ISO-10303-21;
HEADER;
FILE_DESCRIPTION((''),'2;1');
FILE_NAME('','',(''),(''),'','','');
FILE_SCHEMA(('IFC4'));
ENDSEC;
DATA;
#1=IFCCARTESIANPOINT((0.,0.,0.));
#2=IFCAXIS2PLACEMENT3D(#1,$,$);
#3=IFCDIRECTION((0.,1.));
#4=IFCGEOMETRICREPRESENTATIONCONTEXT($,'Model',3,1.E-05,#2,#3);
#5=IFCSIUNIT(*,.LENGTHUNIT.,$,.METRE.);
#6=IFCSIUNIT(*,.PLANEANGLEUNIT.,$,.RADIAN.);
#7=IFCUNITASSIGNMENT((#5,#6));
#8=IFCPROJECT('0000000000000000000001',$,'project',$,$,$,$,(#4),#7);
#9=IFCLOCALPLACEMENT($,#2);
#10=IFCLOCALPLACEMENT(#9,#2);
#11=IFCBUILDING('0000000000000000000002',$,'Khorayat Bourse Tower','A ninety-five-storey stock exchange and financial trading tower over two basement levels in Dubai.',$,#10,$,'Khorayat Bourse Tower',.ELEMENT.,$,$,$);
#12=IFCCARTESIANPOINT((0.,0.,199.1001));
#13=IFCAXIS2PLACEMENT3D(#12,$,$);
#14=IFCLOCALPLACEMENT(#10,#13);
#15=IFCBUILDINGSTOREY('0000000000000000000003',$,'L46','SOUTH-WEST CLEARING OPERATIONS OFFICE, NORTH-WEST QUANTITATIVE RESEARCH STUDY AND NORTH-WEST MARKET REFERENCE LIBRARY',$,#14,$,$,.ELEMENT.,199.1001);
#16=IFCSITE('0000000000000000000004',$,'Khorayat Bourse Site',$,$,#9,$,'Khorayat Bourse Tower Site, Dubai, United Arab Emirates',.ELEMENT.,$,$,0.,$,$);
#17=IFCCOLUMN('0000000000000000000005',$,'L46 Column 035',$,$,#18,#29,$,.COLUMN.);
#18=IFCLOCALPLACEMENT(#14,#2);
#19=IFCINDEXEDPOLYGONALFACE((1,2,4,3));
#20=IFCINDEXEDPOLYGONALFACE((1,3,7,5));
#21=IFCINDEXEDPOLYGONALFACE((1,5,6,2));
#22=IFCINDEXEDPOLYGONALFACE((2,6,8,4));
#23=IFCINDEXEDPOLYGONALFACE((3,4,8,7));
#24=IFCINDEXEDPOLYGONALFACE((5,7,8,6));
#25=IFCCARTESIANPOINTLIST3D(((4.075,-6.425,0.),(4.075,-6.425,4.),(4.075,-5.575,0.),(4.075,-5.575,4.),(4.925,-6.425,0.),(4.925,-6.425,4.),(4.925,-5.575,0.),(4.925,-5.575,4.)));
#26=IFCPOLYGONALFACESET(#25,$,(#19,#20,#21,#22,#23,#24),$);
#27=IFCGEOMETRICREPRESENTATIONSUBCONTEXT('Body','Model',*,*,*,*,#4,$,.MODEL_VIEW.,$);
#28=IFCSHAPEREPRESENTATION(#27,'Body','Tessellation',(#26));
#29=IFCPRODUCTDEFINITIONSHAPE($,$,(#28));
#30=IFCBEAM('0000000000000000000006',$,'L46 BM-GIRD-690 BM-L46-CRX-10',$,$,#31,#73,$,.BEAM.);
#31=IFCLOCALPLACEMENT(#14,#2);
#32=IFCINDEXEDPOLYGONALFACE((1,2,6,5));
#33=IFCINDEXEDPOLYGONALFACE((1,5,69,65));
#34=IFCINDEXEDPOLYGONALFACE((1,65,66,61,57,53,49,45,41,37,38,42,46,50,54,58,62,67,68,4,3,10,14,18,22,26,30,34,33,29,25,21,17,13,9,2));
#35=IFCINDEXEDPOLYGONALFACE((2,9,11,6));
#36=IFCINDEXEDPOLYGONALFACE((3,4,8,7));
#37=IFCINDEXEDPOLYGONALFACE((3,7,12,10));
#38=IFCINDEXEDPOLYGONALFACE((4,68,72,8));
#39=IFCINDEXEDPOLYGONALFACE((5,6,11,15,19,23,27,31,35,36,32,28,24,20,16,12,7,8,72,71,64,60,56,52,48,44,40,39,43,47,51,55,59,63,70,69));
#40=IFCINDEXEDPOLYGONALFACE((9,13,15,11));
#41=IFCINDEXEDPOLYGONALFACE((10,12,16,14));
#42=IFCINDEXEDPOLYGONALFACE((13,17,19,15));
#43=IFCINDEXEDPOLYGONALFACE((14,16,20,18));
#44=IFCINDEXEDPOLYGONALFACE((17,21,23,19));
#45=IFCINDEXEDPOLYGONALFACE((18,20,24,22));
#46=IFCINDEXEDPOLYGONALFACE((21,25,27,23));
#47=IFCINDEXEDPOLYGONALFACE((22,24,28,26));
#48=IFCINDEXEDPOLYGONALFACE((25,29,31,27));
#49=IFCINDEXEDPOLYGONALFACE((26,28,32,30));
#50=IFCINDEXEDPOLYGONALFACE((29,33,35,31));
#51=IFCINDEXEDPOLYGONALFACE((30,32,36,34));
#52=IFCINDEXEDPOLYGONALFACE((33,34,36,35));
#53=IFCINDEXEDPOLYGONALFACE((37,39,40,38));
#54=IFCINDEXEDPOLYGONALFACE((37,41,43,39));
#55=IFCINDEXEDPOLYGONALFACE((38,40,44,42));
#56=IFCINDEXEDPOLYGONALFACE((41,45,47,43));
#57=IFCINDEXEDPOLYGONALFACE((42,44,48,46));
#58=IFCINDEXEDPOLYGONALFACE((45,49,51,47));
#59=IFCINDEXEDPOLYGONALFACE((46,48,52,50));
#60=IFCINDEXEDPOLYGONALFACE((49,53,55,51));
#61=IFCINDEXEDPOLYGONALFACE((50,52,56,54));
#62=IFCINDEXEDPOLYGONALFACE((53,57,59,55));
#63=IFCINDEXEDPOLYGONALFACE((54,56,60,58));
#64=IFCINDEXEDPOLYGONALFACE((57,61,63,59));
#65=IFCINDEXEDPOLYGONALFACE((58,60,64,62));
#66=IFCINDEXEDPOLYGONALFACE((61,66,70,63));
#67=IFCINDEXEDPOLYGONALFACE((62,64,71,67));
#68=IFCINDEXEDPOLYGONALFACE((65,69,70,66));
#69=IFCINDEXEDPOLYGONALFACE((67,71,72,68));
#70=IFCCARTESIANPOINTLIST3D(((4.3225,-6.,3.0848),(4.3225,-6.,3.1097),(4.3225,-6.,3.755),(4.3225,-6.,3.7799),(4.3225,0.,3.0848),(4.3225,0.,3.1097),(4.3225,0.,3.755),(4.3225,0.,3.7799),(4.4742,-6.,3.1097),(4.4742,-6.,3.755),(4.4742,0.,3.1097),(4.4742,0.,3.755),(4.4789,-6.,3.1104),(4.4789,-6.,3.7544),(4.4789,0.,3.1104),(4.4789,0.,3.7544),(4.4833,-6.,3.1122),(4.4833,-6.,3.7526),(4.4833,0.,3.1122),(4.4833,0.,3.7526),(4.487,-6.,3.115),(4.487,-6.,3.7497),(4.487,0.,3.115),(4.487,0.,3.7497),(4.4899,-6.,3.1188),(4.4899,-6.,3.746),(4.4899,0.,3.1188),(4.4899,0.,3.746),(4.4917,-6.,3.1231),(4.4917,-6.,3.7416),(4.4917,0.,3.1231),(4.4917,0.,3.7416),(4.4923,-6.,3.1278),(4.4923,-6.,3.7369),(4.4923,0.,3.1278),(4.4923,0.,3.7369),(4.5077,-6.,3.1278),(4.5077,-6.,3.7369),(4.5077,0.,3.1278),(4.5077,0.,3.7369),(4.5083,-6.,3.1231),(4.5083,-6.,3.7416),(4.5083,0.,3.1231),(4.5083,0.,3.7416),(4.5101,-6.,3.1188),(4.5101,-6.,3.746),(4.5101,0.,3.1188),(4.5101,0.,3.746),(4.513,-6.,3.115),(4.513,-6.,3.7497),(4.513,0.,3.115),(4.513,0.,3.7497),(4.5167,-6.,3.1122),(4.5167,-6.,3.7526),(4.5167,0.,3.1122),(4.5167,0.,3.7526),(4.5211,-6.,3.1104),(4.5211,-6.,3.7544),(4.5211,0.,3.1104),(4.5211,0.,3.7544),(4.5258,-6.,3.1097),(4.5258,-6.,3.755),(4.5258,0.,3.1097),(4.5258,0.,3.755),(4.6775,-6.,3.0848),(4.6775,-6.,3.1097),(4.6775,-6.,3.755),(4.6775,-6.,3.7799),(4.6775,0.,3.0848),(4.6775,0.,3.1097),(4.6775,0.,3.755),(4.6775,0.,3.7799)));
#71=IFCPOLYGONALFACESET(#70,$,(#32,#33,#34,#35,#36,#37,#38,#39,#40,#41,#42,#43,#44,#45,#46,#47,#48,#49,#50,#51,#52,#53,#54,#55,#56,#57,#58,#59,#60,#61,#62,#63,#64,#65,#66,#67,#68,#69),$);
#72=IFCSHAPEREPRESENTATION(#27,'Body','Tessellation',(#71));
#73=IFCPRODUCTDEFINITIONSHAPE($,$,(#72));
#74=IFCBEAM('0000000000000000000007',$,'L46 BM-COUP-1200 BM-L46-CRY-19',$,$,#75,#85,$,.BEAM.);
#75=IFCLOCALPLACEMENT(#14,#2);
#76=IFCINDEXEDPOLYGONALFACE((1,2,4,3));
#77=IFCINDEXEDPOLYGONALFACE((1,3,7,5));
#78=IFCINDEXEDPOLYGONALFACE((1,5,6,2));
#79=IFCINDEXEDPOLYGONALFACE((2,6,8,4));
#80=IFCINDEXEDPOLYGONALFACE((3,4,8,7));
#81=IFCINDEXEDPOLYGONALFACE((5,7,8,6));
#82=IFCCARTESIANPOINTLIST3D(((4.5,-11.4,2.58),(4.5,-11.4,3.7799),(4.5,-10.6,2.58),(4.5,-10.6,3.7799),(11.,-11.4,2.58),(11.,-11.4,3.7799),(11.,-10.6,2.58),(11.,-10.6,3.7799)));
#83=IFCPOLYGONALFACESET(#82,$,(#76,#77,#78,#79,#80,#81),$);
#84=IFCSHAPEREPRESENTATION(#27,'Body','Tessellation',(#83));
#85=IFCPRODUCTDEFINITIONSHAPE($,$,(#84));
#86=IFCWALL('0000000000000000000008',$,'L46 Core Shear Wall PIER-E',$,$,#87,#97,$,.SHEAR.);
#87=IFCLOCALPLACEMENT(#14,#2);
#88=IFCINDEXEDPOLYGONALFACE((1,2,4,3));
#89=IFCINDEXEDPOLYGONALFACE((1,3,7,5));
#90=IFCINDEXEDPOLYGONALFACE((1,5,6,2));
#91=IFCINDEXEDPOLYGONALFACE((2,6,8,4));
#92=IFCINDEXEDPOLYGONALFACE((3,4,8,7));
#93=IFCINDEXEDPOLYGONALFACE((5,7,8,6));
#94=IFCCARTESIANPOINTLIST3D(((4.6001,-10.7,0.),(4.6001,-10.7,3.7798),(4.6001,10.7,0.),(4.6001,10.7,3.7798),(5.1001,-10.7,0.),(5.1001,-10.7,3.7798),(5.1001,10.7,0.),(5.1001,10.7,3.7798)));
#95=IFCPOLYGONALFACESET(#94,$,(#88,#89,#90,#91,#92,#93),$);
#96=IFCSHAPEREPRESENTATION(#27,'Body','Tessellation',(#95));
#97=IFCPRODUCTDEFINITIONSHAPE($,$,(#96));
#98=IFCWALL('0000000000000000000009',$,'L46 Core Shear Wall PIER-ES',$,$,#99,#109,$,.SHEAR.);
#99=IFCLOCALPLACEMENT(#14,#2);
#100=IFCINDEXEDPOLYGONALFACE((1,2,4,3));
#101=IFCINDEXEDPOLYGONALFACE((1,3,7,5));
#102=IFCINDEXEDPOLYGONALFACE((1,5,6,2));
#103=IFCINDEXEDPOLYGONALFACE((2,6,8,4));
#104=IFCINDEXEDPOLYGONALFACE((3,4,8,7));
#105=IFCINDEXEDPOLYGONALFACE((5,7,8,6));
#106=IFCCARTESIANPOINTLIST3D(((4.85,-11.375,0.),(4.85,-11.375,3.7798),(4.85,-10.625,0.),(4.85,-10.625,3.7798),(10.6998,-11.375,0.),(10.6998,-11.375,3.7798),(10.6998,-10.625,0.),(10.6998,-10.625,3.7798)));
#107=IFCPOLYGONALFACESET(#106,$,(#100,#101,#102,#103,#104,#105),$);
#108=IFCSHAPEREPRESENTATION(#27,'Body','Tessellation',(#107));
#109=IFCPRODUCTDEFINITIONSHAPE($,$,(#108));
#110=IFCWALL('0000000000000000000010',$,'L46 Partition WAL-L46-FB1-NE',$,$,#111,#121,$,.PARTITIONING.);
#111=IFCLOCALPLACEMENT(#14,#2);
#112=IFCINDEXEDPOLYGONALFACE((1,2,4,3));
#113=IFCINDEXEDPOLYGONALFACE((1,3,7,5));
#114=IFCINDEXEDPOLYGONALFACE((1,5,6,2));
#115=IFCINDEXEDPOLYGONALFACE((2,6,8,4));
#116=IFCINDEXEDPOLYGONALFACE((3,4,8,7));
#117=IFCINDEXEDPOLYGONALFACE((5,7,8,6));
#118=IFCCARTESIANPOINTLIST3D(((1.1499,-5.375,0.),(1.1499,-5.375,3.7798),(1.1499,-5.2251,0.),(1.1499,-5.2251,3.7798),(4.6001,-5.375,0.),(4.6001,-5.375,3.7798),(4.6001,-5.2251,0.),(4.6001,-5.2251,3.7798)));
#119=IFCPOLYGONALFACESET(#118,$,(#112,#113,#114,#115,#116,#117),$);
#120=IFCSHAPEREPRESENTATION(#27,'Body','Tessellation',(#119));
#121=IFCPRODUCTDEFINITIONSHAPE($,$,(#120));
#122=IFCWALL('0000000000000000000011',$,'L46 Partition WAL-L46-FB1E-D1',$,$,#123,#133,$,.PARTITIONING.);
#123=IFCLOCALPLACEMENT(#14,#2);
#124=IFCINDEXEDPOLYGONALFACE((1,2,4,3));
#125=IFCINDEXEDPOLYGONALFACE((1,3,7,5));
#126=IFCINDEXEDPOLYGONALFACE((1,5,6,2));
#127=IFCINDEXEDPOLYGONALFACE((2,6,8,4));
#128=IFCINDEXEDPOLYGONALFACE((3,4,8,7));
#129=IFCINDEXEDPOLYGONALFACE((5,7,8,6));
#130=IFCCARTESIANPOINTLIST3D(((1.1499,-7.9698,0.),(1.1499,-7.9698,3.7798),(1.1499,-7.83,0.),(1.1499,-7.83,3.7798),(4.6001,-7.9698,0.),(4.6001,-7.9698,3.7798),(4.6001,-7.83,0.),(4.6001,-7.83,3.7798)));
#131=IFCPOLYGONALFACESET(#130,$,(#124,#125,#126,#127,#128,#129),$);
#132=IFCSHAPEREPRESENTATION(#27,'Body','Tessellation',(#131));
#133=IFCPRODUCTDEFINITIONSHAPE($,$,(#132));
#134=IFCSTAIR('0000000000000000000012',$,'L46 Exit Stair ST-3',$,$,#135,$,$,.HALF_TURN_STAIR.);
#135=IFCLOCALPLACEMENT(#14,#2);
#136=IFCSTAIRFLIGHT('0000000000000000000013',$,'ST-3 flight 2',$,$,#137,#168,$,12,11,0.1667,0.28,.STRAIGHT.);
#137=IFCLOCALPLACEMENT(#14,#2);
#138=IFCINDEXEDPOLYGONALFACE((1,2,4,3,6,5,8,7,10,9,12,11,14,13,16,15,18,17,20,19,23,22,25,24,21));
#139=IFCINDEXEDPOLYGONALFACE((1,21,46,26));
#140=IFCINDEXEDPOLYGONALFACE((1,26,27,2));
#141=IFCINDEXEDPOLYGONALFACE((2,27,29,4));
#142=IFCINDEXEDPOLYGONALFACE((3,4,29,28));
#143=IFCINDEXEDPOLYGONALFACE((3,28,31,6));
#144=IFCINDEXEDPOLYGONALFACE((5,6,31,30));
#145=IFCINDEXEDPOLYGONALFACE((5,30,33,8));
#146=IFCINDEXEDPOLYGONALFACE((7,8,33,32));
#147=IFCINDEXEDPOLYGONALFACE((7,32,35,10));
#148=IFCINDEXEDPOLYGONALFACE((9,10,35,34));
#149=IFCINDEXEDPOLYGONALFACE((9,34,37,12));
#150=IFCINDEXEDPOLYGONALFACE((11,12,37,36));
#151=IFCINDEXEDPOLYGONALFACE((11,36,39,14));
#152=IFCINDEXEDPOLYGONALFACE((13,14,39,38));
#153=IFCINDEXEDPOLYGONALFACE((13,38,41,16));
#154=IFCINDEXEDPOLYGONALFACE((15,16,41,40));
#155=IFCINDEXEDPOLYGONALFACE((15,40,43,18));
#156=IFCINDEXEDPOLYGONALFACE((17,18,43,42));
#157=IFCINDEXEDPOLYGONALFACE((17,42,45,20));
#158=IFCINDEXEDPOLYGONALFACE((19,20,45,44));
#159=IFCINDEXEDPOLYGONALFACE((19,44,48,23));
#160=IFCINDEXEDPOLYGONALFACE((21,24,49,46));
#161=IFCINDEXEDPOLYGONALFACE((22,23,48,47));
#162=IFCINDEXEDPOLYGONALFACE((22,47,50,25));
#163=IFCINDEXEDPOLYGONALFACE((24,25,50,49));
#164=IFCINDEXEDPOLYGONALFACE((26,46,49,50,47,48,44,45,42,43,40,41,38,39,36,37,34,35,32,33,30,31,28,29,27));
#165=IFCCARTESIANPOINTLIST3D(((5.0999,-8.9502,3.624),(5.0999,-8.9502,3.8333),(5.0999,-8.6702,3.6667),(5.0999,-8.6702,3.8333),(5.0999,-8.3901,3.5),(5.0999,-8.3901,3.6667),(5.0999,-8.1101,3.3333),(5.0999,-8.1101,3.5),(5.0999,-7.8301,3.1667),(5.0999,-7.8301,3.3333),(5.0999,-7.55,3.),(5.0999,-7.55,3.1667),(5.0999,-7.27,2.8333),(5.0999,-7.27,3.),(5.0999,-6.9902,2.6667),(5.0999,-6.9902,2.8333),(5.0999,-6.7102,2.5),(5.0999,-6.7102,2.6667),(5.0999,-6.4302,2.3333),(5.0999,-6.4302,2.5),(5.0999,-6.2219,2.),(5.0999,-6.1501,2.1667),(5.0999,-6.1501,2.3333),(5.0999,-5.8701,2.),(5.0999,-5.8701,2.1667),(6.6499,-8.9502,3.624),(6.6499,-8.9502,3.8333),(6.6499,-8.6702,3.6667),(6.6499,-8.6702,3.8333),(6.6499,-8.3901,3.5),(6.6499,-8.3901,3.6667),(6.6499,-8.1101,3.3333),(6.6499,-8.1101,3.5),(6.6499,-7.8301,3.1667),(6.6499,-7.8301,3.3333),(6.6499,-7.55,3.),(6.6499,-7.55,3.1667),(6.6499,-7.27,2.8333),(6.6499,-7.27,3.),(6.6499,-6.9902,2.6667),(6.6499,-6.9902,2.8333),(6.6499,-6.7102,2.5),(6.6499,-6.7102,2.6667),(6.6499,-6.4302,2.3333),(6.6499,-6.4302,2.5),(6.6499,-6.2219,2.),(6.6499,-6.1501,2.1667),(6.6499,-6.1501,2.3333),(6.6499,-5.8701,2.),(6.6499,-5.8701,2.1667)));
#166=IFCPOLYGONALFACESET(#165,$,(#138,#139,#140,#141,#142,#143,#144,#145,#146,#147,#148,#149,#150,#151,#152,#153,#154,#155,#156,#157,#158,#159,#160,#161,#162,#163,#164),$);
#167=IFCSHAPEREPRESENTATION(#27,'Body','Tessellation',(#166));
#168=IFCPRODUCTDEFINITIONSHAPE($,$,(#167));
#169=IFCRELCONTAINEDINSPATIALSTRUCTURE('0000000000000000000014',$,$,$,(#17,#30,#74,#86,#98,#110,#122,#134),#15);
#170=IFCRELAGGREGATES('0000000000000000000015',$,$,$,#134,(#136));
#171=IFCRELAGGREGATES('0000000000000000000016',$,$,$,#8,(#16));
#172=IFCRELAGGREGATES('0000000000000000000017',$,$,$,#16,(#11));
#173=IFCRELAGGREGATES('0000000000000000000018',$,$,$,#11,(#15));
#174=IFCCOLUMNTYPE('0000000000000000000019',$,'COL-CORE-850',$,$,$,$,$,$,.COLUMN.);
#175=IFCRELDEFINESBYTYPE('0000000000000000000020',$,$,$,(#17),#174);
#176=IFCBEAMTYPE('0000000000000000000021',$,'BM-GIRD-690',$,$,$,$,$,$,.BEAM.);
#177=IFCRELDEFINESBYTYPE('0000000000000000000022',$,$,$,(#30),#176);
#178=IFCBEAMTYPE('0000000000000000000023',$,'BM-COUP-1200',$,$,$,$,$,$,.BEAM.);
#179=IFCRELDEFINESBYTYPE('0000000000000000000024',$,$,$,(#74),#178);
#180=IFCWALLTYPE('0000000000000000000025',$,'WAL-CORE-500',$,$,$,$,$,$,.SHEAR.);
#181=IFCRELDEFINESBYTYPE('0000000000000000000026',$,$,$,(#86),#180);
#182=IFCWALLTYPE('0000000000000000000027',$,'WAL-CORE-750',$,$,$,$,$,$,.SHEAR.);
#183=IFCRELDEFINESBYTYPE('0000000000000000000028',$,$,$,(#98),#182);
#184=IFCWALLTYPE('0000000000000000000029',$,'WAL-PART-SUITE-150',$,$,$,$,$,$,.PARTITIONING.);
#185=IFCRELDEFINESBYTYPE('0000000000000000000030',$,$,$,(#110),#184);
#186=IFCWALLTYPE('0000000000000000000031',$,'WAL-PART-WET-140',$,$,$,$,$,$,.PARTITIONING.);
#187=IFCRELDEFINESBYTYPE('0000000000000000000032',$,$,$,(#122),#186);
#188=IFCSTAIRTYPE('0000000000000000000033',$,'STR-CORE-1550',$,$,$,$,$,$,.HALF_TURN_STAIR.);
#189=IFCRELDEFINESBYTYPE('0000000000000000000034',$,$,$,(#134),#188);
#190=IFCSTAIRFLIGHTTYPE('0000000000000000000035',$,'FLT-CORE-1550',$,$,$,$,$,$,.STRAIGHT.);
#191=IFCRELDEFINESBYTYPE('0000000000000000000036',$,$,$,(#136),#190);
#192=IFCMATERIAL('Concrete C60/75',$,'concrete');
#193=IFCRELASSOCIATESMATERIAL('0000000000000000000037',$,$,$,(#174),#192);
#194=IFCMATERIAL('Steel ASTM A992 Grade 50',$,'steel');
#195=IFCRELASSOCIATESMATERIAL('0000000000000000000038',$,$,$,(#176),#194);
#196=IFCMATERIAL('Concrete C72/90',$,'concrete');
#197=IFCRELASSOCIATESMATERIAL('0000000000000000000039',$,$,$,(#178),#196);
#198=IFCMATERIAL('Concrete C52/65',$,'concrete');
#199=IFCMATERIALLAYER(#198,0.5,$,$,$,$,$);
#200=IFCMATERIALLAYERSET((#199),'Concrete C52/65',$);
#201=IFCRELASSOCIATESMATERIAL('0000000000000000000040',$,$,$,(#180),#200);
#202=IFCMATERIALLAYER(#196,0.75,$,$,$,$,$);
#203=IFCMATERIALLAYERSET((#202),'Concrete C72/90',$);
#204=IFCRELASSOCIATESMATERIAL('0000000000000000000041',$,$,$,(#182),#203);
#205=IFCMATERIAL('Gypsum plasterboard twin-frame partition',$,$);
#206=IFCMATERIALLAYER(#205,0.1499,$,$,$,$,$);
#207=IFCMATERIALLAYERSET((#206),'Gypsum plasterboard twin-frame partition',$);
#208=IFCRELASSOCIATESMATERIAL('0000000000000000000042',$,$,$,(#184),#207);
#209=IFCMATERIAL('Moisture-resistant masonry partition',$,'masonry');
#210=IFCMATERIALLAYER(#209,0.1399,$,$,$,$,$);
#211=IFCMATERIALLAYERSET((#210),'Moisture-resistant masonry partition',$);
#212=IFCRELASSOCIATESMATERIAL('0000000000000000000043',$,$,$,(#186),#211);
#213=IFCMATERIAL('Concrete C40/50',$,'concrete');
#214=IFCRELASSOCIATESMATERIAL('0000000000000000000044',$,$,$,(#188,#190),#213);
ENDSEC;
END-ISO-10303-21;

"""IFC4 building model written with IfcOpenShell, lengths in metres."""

from ifc_helpers import new_model, si_unit, direction, frame, frame_2d, origin, origin_2d, place, context, subcontext, project, spatial, polyline, rectangle, i_section, outline, extrude, source, transform, mapped, material, layer, layer_set, material_profile, profile_set, type_object, element, aggregate, save


model = new_model("IFC4")

# Units and contexts
model_context = context("Model", 3, precision=1e-05, world=origin(), true_north=direction((0.0, 1.0)))
body_context = subcontext(model_context, "Body", "Model", "MODEL_VIEW")
ifc_project = project(units=[si_unit("LENGTHUNIT", "METRE"), si_unit("PLANEANGLEUNIT", "RADIAN")], contexts=[model_context])

# Site, building, storey
site_placement = place(None, origin())
site = spatial("IfcSite", under=ifc_project, at=site_placement, Name="Khorayat Bourse Site", LongName="Khorayat Bourse Tower Site, Dubai, United Arab Emirates", CompositionType="ELEMENT", RefElevation=0.0)
building_placement = place(site_placement, origin())
building = spatial("IfcBuilding", under=site, at=building_placement, Name="Khorayat Bourse Tower", Description="A ninety-five-storey stock exchange and financial trading tower over two basement levels in Dubai.", LongName="Khorayat Bourse Tower", CompositionType="ELEMENT")
storey_placement = place(building_placement, frame((0.0, 0.0, 199.1001)))
storey = spatial("IfcBuildingStorey", under=building, at=storey_placement, Name="L46", Description="SOUTH-WEST CLEARING OPERATIONS OFFICE, NORTH-WEST QUANTITATIVE RESEARCH STUDY AND NORTH-WEST MARKET REFERENCE LIBRARY", CompositionType="ELEMENT", Elevation=199.1001)

# Column
ifc_material_1 = material(Name="Concrete C60/75", Category="concrete")
ifc_material_profile_1 = material_profile(ifc_material_1, rectangle(XDim=0.8501, YDim=0.8501, at=origin_2d()), Name="RC 850x850")
ifc_profile_set_1 = profile_set([ifc_material_profile_1], Name="Concrete C60/75")
column_type = type_object("IfcColumnType", Name="COL-CORE-850", PredefinedType="COLUMN", material=ifc_profile_set_1)
shared_shape_1 = source(origin(), body_context, "Body", "SweptSolid", [
    extrude(rectangle(XDim=0.8501, YDim=0.8501, at=origin_2d()), origin(), (0.0, 0.0, 1.0), 4.0),
])
column_placement = place(storey_placement, frame((4.5, -6.0, 0.0), z_axis=(0.0, 0.0, 1.0), x_axis=(1.0, 0.0, 0.0)))
element("IfcColumn", 1, at=column_placement, inside=storey, type_object=column_type, Name="L46 Column 035", PredefinedType="COLUMN", context=body_context, shape_type="MappedRepresentation", body=[
    mapped(shared_shape_1, transform((0.0, 0.0, 0.0), scale=1.0)),
])

# Beams
ifc_material_2 = material(Name="Steel ASTM A992 Grade 50", Category="steel")
ifc_material_profile_2 = material_profile(ifc_material_2, i_section(OverallWidth=0.355, OverallDepth=0.6951, WebThickness=0.0154, FlangeThickness=0.0249, FilletRadius=0.0181, at=origin_2d()), Name="W690X217")
ifc_profile_set_2 = profile_set([ifc_material_profile_2], Name="Steel ASTM A992 Grade 50")
beam_type_1 = type_object("IfcBeamType", Name="BM-GIRD-690", PredefinedType="BEAM", material=ifc_profile_set_2)
shared_shape_2 = source(origin(), body_context, "Body", "SweptSolid", [
    extrude(i_section(OverallWidth=0.355, OverallDepth=0.6951, WebThickness=0.0154, FlangeThickness=0.0249, FilletRadius=0.0181, at=origin_2d()), origin(), (0.0, 0.0, 1.0), 6.0),
])
beam_1_placement = place(storey_placement, frame((4.5, -6.0, 3.4324), z_axis=(0.0, 1.0, 0.0), x_axis=(-1.0, 0.0, 0.0)))
element("IfcBeam", 2, at=beam_1_placement, inside=storey, type_object=beam_type_1, Name="L46 BM-GIRD-690 BM-L46-CRX-10", PredefinedType="BEAM", context=body_context, shape_type="MappedRepresentation", body=[
    mapped(shared_shape_2, transform((0.0, 0.0, 0.0), scale=1.0)),
])
ifc_material_3 = material(Name="Concrete C72/90", Category="concrete")
ifc_material_profile_3 = material_profile(ifc_material_3, rectangle(XDim=0.8, YDim=1.2, at=origin_2d()), Name="RC 800x1200")
ifc_profile_set_3 = profile_set([ifc_material_profile_3], Name="Concrete C72/90")
beam_type_2 = type_object("IfcBeamType", Name="BM-COUP-1200", PredefinedType="BEAM", material=ifc_profile_set_3)
shared_shape_3 = source(origin(), body_context, "Body", "SweptSolid", [
    extrude(rectangle(XDim=0.8, YDim=1.2, at=origin_2d()), origin(), (0.0, 0.0, 1.0), 6.5),
])
beam_2_placement = place(storey_placement, frame((4.5, -11.0, 3.1799), z_axis=(1.0, 0.0, 0.0), x_axis=(0.0, 1.0, 0.0)))
element("IfcBeam", 3, at=beam_2_placement, inside=storey, type_object=beam_type_2, Name="L46 BM-COUP-1200 BM-L46-CRY-19", PredefinedType="BEAM", context=body_context, shape_type="MappedRepresentation", body=[
    mapped(shared_shape_3, transform((0.0, 0.0, 0.0), scale=1.0)),
])

# Walls
ifc_material_4 = material(Name="Concrete C52/65", Category="concrete")
ifc_layer_1 = layer(ifc_material_4, 0.5)
ifc_layer_set_1 = layer_set([ifc_layer_1], Name="Concrete C52/65")
wall_type_1 = type_object("IfcWallType", Name="WAL-CORE-500", PredefinedType="SHEAR", material=ifc_layer_set_1)
shared_shape_4 = source(origin(), body_context, "Body", "SweptSolid", [
    extrude(rectangle(XDim=21.3999, YDim=0.5, at=frame_2d((10.7, 0.0))), origin(), (0.0, 0.0, 1.0), 3.7798),
])
wall_1_placement = place(storey_placement, frame((4.8501, -10.7, 0.0), z_axis=(0.0, 0.0, 1.0), x_axis=(0.0, 1.0, 0.0)))
element("IfcWall", 4, at=wall_1_placement, inside=storey, type_object=wall_type_1, Name="L46 Core Shear Wall PIER-E", PredefinedType="SHEAR", context=body_context, shape_type="MappedRepresentation", body=[
    mapped(shared_shape_4, transform((0.0, 0.0, 0.0), scale=1.0)),
])
ifc_layer_2 = layer(ifc_material_3, 0.75)
ifc_layer_set_2 = layer_set([ifc_layer_2], Name="Concrete C72/90")
wall_type_2 = type_object("IfcWallType", Name="WAL-CORE-750", PredefinedType="SHEAR", material=ifc_layer_set_2)
shared_shape_5 = source(origin(), body_context, "Body", "SweptSolid", [
    extrude(rectangle(XDim=5.8499, YDim=0.75, at=frame_2d((2.9248, 0.0))), origin(), (0.0, 0.0, 1.0), 3.7798),
])
wall_2_placement = place(storey_placement, frame((4.8501, -11.0, 0.0), z_axis=(0.0, 0.0, 1.0), x_axis=(1.0, 0.0, 0.0)))
element("IfcWall", 5, at=wall_2_placement, inside=storey, type_object=wall_type_2, Name="L46 Core Shear Wall PIER-ES", PredefinedType="SHEAR", context=body_context, shape_type="MappedRepresentation", body=[
    mapped(shared_shape_5, transform((0.0, 0.0, 0.0), scale=1.0)),
])
ifc_material_5 = material(Name="Gypsum plasterboard twin-frame partition")
ifc_layer_3 = layer(ifc_material_5, 0.1499)
ifc_layer_set_3 = layer_set([ifc_layer_3], Name="Gypsum plasterboard twin-frame partition")
wall_type_3 = type_object("IfcWallType", Name="WAL-PART-SUITE-150", PredefinedType="PARTITIONING", material=ifc_layer_set_3)
shared_shape_6 = source(origin(), body_context, "Body", "SweptSolid", [
    extrude(rectangle(XDim=3.4502, YDim=0.1499, at=frame_2d((1.7251, 0.0))), origin(), (0.0, 0.0, 1.0), 3.7798),
])
wall_3_placement = place(storey_placement, frame((1.1499, -5.3, 0.0), z_axis=(0.0, 0.0, 1.0), x_axis=(1.0, 0.0, 0.0)))
element("IfcWall", 6, at=wall_3_placement, inside=storey, type_object=wall_type_3, Name="L46 Partition WAL-L46-FB1-NE", PredefinedType="PARTITIONING", context=body_context, shape_type="MappedRepresentation", body=[
    mapped(shared_shape_6, transform((0.0, 0.0, 0.0), scale=1.0)),
])
ifc_material_6 = material(Name="Moisture-resistant masonry partition", Category="masonry")
ifc_layer_4 = layer(ifc_material_6, 0.1399)
ifc_layer_set_4 = layer_set([ifc_layer_4], Name="Moisture-resistant masonry partition")
wall_type_4 = type_object("IfcWallType", Name="WAL-PART-WET-140", PredefinedType="PARTITIONING", material=ifc_layer_set_4)
shared_shape_7 = source(origin(), body_context, "Body", "SweptSolid", [
    extrude(rectangle(XDim=3.4502, YDim=0.1399, at=frame_2d((1.7251, 0.0))), origin(), (0.0, 0.0, 1.0), 3.7798),
])
wall_4_placement = place(storey_placement, frame((1.1499, -7.8999, 0.0), z_axis=(0.0, 0.0, 1.0), x_axis=(1.0, 0.0, 0.0)))
element("IfcWall", 7, at=wall_4_placement, inside=storey, type_object=wall_type_4, Name="L46 Partition WAL-L46-FB1E-D1", PredefinedType="PARTITIONING", context=body_context, shape_type="MappedRepresentation", body=[
    mapped(shared_shape_7, transform((0.0, 0.0, 0.0), scale=1.0)),
])

# Stair, stair flight
ifc_material_7 = material(Name="Concrete C40/50", Category="concrete")
stair_type = type_object("IfcStairType", Name="STR-CORE-1550", PredefinedType="HALF_TURN_STAIR", material=ifc_material_7)
stair_placement = place(storey_placement, origin())
stair = element("IfcStair", 8, at=stair_placement, inside=storey, type_object=stair_type, Name="L46 Exit Stair ST-3", PredefinedType="HALF_TURN_STAIR")
stair_flight_type = type_object("IfcStairFlightType", Name="FLT-CORE-1550", PredefinedType="STRAIGHT", material=ifc_material_7)
shared_shape_8 = source(origin(), body_context, "Body", "SweptSolid", [
    extrude(outline(polyline([(0.0, 0.0), (0.0, 0.1667), (0.28, 0.1667), (0.28, 0.3333), (0.5601, 0.3333), (0.5601, 0.5), (0.8401, 0.5), (0.8401, 0.6667), (1.1201, 0.6667), (1.1201, 0.8333), (1.3999, 0.8333), (1.3999, 1.0), (1.6799, 1.0), (1.6799, 1.1667), (1.96, 1.1667), (1.96, 1.3333), (2.24, 1.3333), (2.24, 1.5), (2.52, 1.5), (2.52, 1.6667), (2.8, 1.6667), (2.8, 1.8333), (3.0801, 1.8333), (3.0801, 2.0), (3.0801, 1.624), (0.3518, 0.0), (0.0, 0.0)])), frame((0.0, 0.7749, 0.0), z_axis=(0.0, -1.0, 0.0), x_axis=(1.0, 0.0, 0.0)), (0.0, 0.0, 1.0), 1.55),
])
stair_flight_placement = place(storey_placement, frame((5.875, -5.8701, 2.0), z_axis=(0.0, 0.0, 1.0), x_axis=(0.0, -1.0, 0.0)))
stair_flight = element("IfcStairFlight", 9, at=stair_flight_placement, type_object=stair_flight_type, Name="ST-3 flight 2", NumberOfRisers=12, NumberOfTreads=11, PredefinedType="STRAIGHT", RiserHeight=0.1667, TreadLength=0.28, context=body_context, shape_type="MappedRepresentation", body=[
    mapped(shared_shape_8, transform((0.0, 0.0, 0.0), scale=1.0)),
])
aggregate(stair, [stair_flight])

save(model, "model.ifc")
